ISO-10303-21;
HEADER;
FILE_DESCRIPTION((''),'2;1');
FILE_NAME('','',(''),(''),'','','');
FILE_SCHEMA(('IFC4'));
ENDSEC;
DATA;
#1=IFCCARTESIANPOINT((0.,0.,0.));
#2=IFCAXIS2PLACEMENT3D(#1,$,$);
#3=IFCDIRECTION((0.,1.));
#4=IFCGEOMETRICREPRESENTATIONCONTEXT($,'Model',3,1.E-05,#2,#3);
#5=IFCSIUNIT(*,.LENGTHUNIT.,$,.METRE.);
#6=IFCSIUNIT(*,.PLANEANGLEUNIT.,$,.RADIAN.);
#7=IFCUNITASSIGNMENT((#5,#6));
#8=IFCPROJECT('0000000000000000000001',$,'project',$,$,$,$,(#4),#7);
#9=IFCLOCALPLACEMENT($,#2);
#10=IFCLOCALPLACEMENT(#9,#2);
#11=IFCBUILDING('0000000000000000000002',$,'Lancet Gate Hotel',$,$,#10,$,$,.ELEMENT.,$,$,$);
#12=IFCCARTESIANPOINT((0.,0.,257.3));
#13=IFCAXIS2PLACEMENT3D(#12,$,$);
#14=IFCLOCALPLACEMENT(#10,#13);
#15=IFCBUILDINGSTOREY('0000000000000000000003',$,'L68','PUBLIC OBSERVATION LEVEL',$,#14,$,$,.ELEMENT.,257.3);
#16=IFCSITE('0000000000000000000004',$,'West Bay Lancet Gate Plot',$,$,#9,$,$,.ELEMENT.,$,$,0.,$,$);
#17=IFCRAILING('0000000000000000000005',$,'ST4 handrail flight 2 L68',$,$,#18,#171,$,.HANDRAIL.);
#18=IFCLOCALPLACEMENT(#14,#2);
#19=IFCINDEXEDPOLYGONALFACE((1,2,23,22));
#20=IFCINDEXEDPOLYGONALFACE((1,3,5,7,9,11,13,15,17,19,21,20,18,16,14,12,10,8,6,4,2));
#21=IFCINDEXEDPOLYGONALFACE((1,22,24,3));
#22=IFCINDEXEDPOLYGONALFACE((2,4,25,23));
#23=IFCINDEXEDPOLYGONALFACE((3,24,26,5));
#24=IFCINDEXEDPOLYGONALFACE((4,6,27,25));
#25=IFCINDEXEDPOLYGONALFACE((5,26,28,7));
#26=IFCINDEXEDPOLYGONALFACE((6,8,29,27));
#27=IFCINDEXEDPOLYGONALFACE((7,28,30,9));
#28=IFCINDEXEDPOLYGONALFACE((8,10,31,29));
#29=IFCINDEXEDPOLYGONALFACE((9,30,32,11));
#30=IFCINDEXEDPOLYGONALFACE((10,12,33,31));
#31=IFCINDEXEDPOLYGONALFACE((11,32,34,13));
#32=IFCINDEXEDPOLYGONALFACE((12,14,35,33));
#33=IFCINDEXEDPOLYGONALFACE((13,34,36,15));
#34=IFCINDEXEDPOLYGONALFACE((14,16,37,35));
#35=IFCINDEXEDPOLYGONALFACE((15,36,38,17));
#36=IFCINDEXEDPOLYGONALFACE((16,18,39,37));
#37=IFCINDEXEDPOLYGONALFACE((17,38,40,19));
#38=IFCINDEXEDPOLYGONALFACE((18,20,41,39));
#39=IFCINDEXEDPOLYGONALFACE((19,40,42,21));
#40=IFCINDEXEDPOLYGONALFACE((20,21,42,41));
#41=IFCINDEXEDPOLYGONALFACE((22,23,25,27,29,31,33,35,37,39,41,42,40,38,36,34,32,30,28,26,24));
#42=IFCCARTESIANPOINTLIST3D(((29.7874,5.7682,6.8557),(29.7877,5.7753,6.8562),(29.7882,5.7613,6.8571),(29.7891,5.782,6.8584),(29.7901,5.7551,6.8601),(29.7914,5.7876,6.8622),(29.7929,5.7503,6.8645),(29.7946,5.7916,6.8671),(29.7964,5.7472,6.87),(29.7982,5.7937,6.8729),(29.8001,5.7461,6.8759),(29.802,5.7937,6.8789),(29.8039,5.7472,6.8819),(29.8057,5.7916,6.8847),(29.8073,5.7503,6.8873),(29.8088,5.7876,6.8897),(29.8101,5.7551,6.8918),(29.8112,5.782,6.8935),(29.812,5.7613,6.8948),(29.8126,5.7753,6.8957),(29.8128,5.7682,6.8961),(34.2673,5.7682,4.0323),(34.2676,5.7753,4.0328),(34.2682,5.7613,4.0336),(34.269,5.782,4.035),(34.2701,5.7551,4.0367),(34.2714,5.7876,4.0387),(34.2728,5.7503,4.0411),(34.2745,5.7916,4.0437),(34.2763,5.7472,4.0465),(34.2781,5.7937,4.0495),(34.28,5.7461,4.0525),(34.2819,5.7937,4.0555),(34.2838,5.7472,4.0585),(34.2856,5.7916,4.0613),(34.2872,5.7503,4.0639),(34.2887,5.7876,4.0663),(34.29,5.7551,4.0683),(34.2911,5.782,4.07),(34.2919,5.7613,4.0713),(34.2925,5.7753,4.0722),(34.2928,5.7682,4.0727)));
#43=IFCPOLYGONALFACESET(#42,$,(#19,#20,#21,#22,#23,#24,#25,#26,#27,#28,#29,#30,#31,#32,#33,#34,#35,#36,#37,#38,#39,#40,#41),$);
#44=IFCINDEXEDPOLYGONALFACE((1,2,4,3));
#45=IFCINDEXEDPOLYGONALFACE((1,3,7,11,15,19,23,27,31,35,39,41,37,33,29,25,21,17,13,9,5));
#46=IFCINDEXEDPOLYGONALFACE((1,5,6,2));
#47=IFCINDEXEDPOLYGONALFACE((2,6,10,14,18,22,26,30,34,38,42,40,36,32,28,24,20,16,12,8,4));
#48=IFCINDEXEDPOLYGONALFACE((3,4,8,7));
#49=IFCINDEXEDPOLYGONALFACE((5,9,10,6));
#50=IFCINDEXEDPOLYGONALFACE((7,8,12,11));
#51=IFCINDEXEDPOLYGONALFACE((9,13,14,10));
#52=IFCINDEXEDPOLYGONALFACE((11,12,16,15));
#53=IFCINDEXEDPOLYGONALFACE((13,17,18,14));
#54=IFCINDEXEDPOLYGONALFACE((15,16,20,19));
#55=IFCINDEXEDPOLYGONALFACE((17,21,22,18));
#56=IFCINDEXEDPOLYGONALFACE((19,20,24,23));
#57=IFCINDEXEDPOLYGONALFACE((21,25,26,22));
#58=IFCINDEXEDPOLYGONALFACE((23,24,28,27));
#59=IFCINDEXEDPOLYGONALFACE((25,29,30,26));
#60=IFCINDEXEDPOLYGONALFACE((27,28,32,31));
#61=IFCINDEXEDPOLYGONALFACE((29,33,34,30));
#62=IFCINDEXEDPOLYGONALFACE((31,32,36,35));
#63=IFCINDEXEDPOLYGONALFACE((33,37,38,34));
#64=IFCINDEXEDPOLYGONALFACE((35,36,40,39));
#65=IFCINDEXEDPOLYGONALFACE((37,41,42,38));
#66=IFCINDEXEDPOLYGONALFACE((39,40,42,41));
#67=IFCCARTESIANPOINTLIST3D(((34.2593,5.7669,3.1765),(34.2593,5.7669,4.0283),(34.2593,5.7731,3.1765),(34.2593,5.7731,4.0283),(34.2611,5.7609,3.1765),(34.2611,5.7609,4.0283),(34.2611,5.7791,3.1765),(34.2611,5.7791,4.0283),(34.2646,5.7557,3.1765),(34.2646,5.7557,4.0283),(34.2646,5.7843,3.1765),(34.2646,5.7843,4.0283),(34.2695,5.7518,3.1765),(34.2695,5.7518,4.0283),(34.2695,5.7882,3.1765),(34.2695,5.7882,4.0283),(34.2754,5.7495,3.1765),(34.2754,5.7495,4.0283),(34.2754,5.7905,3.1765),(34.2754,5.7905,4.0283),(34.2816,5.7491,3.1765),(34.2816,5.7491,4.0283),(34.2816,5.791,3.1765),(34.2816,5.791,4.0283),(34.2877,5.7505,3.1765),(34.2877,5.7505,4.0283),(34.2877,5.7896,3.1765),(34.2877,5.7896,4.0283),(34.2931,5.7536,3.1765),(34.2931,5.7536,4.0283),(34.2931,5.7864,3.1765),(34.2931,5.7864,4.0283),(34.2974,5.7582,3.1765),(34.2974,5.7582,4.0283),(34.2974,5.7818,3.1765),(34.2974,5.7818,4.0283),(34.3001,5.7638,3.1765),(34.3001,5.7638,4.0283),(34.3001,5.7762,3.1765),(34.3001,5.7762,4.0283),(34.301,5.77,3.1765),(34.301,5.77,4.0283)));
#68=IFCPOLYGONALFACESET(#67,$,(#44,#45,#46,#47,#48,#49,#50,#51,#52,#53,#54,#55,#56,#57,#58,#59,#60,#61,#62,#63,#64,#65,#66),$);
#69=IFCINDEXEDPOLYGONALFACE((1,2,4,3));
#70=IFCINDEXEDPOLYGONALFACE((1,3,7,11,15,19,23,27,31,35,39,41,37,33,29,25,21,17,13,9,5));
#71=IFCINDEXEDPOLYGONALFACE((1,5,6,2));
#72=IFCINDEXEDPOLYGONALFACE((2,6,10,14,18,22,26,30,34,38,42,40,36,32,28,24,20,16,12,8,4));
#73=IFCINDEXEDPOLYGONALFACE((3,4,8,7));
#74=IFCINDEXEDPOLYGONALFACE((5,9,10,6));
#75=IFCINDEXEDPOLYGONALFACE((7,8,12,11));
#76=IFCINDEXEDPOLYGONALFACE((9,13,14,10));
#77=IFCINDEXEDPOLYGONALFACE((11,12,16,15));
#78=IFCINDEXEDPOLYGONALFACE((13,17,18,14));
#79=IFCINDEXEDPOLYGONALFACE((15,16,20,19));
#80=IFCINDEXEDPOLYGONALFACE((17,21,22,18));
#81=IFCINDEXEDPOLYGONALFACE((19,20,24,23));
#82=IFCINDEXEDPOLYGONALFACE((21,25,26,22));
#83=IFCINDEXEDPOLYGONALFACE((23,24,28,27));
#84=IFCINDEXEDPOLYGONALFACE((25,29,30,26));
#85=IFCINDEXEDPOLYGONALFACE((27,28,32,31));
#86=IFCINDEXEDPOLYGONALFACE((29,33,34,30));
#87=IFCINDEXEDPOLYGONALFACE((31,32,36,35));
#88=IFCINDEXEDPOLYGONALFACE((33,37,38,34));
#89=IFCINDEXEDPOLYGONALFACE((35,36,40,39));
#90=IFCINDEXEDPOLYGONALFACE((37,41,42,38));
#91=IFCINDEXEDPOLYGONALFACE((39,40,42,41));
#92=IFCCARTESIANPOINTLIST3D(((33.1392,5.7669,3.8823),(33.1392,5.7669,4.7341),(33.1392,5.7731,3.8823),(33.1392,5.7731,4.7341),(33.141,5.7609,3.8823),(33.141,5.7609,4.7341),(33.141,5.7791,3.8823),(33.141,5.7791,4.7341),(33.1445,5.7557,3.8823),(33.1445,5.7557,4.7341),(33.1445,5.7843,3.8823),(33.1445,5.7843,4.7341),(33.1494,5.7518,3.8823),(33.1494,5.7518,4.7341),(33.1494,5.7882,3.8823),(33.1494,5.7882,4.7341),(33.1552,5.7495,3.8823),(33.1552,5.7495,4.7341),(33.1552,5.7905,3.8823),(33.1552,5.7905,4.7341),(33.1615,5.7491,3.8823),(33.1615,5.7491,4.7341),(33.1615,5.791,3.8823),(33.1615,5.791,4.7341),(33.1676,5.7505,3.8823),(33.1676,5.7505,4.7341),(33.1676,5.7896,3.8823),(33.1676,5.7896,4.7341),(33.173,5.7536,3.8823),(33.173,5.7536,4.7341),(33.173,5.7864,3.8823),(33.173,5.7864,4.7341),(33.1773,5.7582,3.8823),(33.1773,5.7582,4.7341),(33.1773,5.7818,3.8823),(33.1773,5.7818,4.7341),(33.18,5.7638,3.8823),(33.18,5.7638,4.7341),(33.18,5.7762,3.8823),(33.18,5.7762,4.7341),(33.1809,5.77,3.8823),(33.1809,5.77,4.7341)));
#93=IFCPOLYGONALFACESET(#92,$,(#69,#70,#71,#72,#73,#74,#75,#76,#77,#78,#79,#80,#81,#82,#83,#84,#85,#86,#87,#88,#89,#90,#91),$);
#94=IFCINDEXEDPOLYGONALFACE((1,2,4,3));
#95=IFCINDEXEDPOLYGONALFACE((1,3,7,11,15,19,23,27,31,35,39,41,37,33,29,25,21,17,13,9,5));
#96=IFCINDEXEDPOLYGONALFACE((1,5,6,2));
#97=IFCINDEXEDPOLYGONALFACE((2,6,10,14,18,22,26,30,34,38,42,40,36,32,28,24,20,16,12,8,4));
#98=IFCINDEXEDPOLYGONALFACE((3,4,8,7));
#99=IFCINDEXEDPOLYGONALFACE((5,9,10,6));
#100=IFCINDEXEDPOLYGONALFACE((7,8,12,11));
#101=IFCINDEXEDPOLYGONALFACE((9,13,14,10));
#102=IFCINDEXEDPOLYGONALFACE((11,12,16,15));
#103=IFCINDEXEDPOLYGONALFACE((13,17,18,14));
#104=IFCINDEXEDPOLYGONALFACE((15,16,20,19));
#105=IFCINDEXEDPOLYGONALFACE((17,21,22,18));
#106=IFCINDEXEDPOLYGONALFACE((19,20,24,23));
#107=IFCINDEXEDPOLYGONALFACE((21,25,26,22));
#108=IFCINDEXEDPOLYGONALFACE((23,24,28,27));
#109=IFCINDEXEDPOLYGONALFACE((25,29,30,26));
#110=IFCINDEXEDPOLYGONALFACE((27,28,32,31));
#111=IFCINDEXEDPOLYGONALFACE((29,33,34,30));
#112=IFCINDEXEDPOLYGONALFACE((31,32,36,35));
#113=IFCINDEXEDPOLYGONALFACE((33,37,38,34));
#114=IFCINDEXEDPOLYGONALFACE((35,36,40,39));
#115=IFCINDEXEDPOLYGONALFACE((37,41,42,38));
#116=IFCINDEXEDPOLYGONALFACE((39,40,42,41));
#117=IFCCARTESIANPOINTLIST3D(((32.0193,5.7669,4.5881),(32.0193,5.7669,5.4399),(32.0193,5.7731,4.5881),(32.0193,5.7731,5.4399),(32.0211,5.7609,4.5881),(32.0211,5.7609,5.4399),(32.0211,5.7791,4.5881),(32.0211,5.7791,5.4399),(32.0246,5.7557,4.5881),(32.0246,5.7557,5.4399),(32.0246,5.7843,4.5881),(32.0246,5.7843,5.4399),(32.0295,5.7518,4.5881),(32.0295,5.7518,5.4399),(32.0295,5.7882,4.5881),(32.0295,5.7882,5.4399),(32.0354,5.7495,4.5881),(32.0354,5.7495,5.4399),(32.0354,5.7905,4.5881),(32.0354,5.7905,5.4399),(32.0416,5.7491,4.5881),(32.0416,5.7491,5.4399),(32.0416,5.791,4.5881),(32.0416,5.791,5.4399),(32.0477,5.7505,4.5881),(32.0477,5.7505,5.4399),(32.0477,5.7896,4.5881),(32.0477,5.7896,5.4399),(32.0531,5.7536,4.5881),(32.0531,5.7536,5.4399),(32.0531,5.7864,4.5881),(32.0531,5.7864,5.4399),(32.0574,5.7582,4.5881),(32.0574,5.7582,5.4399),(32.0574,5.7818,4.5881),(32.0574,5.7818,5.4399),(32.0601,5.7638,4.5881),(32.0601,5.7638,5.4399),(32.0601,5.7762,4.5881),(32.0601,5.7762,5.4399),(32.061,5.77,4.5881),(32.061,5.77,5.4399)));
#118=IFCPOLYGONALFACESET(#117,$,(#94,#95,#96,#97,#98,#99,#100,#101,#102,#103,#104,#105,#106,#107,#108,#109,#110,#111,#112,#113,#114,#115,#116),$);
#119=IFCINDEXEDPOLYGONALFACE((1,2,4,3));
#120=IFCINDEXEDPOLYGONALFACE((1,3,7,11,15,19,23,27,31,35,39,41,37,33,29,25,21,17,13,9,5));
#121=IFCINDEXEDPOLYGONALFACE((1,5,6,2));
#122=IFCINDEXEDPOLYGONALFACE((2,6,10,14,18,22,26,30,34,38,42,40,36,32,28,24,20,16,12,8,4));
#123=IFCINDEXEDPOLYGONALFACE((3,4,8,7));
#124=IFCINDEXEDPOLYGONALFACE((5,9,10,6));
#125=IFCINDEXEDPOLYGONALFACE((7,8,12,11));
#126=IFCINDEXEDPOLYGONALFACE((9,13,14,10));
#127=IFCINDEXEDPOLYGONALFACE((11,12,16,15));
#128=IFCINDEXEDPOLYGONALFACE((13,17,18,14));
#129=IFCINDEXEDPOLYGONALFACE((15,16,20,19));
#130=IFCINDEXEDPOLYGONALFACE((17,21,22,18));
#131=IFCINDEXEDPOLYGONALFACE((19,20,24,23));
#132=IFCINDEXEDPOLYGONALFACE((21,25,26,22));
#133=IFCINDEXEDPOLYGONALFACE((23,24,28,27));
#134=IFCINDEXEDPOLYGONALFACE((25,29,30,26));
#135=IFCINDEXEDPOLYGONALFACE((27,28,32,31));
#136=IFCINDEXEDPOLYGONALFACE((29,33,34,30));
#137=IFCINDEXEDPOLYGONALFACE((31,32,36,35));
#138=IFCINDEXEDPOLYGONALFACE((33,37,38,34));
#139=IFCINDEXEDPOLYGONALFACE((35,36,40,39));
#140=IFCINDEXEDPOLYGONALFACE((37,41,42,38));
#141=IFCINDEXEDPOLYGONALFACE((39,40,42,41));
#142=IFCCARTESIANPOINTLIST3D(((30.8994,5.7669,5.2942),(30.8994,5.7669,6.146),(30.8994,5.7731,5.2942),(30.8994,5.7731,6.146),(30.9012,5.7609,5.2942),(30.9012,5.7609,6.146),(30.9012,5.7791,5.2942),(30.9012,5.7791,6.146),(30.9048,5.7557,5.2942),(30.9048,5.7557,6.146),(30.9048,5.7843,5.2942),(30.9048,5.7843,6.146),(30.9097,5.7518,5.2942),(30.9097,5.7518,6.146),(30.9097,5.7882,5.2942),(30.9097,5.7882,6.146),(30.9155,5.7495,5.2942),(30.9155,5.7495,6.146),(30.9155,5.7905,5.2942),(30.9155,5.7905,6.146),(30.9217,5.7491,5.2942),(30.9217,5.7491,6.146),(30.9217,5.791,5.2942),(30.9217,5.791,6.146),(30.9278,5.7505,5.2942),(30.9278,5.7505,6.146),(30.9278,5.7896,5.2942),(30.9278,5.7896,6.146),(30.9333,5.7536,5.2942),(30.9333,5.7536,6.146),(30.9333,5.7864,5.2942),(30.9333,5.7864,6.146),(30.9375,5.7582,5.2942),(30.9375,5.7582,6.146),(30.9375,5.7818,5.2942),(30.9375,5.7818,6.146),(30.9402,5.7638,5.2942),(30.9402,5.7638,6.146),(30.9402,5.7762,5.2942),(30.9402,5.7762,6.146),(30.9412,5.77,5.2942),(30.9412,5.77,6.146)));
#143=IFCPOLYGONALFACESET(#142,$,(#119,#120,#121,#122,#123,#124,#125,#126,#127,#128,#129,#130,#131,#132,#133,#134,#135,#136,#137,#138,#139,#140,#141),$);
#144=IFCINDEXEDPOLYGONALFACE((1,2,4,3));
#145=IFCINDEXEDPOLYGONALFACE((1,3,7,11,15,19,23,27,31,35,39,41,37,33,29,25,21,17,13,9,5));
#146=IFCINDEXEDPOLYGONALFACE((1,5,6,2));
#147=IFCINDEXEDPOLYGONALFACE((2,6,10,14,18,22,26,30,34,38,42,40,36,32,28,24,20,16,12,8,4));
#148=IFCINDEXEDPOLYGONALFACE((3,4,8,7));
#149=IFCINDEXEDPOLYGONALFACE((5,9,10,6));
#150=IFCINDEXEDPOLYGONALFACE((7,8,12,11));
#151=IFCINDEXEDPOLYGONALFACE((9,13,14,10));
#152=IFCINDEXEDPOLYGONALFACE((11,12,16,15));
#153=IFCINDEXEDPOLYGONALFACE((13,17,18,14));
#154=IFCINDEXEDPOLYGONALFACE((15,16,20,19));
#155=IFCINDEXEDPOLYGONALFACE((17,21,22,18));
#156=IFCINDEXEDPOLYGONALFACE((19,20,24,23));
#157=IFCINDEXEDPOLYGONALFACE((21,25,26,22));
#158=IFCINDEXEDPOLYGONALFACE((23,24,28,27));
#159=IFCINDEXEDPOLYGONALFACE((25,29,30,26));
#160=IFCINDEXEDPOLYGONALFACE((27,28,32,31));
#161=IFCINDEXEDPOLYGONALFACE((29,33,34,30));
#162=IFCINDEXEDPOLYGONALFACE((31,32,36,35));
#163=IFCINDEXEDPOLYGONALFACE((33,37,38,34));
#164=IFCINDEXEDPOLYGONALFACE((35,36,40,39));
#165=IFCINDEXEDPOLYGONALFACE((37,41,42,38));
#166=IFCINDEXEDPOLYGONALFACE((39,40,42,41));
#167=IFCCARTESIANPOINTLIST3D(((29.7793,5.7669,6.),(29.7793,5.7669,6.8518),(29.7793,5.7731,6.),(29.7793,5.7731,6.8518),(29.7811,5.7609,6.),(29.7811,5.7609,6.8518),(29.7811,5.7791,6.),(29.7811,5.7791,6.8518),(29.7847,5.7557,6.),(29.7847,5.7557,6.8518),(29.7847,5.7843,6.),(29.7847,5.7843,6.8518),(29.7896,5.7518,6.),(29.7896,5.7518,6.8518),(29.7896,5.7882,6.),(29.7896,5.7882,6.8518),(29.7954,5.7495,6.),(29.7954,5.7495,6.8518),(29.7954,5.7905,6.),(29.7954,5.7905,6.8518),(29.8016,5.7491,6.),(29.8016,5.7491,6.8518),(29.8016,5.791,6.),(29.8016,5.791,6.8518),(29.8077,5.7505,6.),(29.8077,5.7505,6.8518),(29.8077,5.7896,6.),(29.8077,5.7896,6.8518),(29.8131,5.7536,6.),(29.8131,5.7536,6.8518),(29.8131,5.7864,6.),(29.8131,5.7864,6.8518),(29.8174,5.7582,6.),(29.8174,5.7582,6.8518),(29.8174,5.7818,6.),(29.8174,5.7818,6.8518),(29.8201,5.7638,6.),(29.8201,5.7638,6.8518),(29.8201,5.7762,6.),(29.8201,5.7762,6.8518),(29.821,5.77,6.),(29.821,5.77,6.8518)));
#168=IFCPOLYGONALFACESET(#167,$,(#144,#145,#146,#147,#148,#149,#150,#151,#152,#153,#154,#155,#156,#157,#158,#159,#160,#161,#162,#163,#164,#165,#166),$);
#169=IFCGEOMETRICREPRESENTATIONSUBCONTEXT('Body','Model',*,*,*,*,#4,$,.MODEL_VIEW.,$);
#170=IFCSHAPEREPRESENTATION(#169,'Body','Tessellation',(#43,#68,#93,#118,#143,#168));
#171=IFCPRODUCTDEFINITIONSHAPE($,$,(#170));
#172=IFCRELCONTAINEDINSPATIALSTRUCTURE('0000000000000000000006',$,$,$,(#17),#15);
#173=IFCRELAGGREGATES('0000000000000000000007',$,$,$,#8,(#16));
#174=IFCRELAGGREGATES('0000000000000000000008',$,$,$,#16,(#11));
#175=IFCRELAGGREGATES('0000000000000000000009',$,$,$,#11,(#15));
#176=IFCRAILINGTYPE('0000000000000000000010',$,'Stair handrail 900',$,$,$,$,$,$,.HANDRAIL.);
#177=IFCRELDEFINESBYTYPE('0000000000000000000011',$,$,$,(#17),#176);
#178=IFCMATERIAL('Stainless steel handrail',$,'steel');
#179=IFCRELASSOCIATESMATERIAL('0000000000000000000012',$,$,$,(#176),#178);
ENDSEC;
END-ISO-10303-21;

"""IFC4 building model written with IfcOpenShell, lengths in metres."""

from ifc_helpers import new_model, si_unit, direction, frame, origin, origin_2d, place, context, subcontext, project, spatial, circle, extrude, material, type_object, element, save


model = new_model("IFC4")

# Units and contexts
model_context = context("Model", 3, precision=1e-05, world=origin(), true_north=direction((0.0, 1.0)))
body_context = subcontext(model_context, "Body", "Model", "MODEL_VIEW")
ifc_project = project(units=[si_unit("LENGTHUNIT", "METRE"), si_unit("PLANEANGLEUNIT", "RADIAN")], contexts=[model_context])

# Site, building, storey
site_placement = place(None, origin())
site = spatial("IfcSite", under=ifc_project, at=site_placement, Name="West Bay Lancet Gate Plot", CompositionType="ELEMENT", RefElevation=0.0)
building_placement = place(site_placement, origin())
building = spatial("IfcBuilding", under=site, at=building_placement, Name="Lancet Gate Hotel", CompositionType="ELEMENT")
storey_placement = place(building_placement, frame((0.0, 0.0, 257.3)))
storey = spatial("IfcBuildingStorey", under=building, at=storey_placement, Name="L68", Description="PUBLIC OBSERVATION LEVEL", CompositionType="ELEMENT", Elevation=257.3)

# Railing
ifc_material_1 = material(Name="Stainless steel handrail", Category="steel")
railing_type = type_object("IfcRailingType", Name="Stair handrail 900", PredefinedType="HANDRAIL", material=ifc_material_1)
railing_1_placement = place(storey_placement, frame((34.28, 5.77, 3.1765)))
element("IfcRailing", 1, at=railing_1_placement, inside=storey, type_object=railing_type, Name="ST4 handrail flight 2 L68", PredefinedType="HANDRAIL", context=body_context, shape_type="SweptSolid", body=[
    extrude(circle(Radius=0.0239, at=origin_2d()), frame((0.0, 0.0, 0.876), z_axis=(-0.845998, 0.0, 0.533186), x_axis=(0.0, -1.0, 0.0)), (0.0, 0.0, 1.0), 5.2954),
    extrude(circle(Radius=0.021, at=origin_2d()), origin(), (0.0, 0.0, 1.0), 0.8518),
    extrude(circle(Radius=0.021, at=origin_2d()), frame((-1.1201, 0.0, 0.7058)), (0.0, 0.0, 1.0), 0.8518),
    extrude(circle(Radius=0.021, at=origin_2d()), frame((-2.24, 0.0, 1.4116)), (0.0, 0.0, 1.0), 0.8518),
    extrude(circle(Radius=0.021, at=origin_2d()), frame((-3.3599, 0.0, 2.1177)), (0.0, 0.0, 1.0), 0.8518),
    extrude(circle(Radius=0.021, at=origin_2d()), frame((-4.48, 0.0, 2.8235)), (0.0, 0.0, 1.0), 0.8518),
])

save(model, "model.ifc")
